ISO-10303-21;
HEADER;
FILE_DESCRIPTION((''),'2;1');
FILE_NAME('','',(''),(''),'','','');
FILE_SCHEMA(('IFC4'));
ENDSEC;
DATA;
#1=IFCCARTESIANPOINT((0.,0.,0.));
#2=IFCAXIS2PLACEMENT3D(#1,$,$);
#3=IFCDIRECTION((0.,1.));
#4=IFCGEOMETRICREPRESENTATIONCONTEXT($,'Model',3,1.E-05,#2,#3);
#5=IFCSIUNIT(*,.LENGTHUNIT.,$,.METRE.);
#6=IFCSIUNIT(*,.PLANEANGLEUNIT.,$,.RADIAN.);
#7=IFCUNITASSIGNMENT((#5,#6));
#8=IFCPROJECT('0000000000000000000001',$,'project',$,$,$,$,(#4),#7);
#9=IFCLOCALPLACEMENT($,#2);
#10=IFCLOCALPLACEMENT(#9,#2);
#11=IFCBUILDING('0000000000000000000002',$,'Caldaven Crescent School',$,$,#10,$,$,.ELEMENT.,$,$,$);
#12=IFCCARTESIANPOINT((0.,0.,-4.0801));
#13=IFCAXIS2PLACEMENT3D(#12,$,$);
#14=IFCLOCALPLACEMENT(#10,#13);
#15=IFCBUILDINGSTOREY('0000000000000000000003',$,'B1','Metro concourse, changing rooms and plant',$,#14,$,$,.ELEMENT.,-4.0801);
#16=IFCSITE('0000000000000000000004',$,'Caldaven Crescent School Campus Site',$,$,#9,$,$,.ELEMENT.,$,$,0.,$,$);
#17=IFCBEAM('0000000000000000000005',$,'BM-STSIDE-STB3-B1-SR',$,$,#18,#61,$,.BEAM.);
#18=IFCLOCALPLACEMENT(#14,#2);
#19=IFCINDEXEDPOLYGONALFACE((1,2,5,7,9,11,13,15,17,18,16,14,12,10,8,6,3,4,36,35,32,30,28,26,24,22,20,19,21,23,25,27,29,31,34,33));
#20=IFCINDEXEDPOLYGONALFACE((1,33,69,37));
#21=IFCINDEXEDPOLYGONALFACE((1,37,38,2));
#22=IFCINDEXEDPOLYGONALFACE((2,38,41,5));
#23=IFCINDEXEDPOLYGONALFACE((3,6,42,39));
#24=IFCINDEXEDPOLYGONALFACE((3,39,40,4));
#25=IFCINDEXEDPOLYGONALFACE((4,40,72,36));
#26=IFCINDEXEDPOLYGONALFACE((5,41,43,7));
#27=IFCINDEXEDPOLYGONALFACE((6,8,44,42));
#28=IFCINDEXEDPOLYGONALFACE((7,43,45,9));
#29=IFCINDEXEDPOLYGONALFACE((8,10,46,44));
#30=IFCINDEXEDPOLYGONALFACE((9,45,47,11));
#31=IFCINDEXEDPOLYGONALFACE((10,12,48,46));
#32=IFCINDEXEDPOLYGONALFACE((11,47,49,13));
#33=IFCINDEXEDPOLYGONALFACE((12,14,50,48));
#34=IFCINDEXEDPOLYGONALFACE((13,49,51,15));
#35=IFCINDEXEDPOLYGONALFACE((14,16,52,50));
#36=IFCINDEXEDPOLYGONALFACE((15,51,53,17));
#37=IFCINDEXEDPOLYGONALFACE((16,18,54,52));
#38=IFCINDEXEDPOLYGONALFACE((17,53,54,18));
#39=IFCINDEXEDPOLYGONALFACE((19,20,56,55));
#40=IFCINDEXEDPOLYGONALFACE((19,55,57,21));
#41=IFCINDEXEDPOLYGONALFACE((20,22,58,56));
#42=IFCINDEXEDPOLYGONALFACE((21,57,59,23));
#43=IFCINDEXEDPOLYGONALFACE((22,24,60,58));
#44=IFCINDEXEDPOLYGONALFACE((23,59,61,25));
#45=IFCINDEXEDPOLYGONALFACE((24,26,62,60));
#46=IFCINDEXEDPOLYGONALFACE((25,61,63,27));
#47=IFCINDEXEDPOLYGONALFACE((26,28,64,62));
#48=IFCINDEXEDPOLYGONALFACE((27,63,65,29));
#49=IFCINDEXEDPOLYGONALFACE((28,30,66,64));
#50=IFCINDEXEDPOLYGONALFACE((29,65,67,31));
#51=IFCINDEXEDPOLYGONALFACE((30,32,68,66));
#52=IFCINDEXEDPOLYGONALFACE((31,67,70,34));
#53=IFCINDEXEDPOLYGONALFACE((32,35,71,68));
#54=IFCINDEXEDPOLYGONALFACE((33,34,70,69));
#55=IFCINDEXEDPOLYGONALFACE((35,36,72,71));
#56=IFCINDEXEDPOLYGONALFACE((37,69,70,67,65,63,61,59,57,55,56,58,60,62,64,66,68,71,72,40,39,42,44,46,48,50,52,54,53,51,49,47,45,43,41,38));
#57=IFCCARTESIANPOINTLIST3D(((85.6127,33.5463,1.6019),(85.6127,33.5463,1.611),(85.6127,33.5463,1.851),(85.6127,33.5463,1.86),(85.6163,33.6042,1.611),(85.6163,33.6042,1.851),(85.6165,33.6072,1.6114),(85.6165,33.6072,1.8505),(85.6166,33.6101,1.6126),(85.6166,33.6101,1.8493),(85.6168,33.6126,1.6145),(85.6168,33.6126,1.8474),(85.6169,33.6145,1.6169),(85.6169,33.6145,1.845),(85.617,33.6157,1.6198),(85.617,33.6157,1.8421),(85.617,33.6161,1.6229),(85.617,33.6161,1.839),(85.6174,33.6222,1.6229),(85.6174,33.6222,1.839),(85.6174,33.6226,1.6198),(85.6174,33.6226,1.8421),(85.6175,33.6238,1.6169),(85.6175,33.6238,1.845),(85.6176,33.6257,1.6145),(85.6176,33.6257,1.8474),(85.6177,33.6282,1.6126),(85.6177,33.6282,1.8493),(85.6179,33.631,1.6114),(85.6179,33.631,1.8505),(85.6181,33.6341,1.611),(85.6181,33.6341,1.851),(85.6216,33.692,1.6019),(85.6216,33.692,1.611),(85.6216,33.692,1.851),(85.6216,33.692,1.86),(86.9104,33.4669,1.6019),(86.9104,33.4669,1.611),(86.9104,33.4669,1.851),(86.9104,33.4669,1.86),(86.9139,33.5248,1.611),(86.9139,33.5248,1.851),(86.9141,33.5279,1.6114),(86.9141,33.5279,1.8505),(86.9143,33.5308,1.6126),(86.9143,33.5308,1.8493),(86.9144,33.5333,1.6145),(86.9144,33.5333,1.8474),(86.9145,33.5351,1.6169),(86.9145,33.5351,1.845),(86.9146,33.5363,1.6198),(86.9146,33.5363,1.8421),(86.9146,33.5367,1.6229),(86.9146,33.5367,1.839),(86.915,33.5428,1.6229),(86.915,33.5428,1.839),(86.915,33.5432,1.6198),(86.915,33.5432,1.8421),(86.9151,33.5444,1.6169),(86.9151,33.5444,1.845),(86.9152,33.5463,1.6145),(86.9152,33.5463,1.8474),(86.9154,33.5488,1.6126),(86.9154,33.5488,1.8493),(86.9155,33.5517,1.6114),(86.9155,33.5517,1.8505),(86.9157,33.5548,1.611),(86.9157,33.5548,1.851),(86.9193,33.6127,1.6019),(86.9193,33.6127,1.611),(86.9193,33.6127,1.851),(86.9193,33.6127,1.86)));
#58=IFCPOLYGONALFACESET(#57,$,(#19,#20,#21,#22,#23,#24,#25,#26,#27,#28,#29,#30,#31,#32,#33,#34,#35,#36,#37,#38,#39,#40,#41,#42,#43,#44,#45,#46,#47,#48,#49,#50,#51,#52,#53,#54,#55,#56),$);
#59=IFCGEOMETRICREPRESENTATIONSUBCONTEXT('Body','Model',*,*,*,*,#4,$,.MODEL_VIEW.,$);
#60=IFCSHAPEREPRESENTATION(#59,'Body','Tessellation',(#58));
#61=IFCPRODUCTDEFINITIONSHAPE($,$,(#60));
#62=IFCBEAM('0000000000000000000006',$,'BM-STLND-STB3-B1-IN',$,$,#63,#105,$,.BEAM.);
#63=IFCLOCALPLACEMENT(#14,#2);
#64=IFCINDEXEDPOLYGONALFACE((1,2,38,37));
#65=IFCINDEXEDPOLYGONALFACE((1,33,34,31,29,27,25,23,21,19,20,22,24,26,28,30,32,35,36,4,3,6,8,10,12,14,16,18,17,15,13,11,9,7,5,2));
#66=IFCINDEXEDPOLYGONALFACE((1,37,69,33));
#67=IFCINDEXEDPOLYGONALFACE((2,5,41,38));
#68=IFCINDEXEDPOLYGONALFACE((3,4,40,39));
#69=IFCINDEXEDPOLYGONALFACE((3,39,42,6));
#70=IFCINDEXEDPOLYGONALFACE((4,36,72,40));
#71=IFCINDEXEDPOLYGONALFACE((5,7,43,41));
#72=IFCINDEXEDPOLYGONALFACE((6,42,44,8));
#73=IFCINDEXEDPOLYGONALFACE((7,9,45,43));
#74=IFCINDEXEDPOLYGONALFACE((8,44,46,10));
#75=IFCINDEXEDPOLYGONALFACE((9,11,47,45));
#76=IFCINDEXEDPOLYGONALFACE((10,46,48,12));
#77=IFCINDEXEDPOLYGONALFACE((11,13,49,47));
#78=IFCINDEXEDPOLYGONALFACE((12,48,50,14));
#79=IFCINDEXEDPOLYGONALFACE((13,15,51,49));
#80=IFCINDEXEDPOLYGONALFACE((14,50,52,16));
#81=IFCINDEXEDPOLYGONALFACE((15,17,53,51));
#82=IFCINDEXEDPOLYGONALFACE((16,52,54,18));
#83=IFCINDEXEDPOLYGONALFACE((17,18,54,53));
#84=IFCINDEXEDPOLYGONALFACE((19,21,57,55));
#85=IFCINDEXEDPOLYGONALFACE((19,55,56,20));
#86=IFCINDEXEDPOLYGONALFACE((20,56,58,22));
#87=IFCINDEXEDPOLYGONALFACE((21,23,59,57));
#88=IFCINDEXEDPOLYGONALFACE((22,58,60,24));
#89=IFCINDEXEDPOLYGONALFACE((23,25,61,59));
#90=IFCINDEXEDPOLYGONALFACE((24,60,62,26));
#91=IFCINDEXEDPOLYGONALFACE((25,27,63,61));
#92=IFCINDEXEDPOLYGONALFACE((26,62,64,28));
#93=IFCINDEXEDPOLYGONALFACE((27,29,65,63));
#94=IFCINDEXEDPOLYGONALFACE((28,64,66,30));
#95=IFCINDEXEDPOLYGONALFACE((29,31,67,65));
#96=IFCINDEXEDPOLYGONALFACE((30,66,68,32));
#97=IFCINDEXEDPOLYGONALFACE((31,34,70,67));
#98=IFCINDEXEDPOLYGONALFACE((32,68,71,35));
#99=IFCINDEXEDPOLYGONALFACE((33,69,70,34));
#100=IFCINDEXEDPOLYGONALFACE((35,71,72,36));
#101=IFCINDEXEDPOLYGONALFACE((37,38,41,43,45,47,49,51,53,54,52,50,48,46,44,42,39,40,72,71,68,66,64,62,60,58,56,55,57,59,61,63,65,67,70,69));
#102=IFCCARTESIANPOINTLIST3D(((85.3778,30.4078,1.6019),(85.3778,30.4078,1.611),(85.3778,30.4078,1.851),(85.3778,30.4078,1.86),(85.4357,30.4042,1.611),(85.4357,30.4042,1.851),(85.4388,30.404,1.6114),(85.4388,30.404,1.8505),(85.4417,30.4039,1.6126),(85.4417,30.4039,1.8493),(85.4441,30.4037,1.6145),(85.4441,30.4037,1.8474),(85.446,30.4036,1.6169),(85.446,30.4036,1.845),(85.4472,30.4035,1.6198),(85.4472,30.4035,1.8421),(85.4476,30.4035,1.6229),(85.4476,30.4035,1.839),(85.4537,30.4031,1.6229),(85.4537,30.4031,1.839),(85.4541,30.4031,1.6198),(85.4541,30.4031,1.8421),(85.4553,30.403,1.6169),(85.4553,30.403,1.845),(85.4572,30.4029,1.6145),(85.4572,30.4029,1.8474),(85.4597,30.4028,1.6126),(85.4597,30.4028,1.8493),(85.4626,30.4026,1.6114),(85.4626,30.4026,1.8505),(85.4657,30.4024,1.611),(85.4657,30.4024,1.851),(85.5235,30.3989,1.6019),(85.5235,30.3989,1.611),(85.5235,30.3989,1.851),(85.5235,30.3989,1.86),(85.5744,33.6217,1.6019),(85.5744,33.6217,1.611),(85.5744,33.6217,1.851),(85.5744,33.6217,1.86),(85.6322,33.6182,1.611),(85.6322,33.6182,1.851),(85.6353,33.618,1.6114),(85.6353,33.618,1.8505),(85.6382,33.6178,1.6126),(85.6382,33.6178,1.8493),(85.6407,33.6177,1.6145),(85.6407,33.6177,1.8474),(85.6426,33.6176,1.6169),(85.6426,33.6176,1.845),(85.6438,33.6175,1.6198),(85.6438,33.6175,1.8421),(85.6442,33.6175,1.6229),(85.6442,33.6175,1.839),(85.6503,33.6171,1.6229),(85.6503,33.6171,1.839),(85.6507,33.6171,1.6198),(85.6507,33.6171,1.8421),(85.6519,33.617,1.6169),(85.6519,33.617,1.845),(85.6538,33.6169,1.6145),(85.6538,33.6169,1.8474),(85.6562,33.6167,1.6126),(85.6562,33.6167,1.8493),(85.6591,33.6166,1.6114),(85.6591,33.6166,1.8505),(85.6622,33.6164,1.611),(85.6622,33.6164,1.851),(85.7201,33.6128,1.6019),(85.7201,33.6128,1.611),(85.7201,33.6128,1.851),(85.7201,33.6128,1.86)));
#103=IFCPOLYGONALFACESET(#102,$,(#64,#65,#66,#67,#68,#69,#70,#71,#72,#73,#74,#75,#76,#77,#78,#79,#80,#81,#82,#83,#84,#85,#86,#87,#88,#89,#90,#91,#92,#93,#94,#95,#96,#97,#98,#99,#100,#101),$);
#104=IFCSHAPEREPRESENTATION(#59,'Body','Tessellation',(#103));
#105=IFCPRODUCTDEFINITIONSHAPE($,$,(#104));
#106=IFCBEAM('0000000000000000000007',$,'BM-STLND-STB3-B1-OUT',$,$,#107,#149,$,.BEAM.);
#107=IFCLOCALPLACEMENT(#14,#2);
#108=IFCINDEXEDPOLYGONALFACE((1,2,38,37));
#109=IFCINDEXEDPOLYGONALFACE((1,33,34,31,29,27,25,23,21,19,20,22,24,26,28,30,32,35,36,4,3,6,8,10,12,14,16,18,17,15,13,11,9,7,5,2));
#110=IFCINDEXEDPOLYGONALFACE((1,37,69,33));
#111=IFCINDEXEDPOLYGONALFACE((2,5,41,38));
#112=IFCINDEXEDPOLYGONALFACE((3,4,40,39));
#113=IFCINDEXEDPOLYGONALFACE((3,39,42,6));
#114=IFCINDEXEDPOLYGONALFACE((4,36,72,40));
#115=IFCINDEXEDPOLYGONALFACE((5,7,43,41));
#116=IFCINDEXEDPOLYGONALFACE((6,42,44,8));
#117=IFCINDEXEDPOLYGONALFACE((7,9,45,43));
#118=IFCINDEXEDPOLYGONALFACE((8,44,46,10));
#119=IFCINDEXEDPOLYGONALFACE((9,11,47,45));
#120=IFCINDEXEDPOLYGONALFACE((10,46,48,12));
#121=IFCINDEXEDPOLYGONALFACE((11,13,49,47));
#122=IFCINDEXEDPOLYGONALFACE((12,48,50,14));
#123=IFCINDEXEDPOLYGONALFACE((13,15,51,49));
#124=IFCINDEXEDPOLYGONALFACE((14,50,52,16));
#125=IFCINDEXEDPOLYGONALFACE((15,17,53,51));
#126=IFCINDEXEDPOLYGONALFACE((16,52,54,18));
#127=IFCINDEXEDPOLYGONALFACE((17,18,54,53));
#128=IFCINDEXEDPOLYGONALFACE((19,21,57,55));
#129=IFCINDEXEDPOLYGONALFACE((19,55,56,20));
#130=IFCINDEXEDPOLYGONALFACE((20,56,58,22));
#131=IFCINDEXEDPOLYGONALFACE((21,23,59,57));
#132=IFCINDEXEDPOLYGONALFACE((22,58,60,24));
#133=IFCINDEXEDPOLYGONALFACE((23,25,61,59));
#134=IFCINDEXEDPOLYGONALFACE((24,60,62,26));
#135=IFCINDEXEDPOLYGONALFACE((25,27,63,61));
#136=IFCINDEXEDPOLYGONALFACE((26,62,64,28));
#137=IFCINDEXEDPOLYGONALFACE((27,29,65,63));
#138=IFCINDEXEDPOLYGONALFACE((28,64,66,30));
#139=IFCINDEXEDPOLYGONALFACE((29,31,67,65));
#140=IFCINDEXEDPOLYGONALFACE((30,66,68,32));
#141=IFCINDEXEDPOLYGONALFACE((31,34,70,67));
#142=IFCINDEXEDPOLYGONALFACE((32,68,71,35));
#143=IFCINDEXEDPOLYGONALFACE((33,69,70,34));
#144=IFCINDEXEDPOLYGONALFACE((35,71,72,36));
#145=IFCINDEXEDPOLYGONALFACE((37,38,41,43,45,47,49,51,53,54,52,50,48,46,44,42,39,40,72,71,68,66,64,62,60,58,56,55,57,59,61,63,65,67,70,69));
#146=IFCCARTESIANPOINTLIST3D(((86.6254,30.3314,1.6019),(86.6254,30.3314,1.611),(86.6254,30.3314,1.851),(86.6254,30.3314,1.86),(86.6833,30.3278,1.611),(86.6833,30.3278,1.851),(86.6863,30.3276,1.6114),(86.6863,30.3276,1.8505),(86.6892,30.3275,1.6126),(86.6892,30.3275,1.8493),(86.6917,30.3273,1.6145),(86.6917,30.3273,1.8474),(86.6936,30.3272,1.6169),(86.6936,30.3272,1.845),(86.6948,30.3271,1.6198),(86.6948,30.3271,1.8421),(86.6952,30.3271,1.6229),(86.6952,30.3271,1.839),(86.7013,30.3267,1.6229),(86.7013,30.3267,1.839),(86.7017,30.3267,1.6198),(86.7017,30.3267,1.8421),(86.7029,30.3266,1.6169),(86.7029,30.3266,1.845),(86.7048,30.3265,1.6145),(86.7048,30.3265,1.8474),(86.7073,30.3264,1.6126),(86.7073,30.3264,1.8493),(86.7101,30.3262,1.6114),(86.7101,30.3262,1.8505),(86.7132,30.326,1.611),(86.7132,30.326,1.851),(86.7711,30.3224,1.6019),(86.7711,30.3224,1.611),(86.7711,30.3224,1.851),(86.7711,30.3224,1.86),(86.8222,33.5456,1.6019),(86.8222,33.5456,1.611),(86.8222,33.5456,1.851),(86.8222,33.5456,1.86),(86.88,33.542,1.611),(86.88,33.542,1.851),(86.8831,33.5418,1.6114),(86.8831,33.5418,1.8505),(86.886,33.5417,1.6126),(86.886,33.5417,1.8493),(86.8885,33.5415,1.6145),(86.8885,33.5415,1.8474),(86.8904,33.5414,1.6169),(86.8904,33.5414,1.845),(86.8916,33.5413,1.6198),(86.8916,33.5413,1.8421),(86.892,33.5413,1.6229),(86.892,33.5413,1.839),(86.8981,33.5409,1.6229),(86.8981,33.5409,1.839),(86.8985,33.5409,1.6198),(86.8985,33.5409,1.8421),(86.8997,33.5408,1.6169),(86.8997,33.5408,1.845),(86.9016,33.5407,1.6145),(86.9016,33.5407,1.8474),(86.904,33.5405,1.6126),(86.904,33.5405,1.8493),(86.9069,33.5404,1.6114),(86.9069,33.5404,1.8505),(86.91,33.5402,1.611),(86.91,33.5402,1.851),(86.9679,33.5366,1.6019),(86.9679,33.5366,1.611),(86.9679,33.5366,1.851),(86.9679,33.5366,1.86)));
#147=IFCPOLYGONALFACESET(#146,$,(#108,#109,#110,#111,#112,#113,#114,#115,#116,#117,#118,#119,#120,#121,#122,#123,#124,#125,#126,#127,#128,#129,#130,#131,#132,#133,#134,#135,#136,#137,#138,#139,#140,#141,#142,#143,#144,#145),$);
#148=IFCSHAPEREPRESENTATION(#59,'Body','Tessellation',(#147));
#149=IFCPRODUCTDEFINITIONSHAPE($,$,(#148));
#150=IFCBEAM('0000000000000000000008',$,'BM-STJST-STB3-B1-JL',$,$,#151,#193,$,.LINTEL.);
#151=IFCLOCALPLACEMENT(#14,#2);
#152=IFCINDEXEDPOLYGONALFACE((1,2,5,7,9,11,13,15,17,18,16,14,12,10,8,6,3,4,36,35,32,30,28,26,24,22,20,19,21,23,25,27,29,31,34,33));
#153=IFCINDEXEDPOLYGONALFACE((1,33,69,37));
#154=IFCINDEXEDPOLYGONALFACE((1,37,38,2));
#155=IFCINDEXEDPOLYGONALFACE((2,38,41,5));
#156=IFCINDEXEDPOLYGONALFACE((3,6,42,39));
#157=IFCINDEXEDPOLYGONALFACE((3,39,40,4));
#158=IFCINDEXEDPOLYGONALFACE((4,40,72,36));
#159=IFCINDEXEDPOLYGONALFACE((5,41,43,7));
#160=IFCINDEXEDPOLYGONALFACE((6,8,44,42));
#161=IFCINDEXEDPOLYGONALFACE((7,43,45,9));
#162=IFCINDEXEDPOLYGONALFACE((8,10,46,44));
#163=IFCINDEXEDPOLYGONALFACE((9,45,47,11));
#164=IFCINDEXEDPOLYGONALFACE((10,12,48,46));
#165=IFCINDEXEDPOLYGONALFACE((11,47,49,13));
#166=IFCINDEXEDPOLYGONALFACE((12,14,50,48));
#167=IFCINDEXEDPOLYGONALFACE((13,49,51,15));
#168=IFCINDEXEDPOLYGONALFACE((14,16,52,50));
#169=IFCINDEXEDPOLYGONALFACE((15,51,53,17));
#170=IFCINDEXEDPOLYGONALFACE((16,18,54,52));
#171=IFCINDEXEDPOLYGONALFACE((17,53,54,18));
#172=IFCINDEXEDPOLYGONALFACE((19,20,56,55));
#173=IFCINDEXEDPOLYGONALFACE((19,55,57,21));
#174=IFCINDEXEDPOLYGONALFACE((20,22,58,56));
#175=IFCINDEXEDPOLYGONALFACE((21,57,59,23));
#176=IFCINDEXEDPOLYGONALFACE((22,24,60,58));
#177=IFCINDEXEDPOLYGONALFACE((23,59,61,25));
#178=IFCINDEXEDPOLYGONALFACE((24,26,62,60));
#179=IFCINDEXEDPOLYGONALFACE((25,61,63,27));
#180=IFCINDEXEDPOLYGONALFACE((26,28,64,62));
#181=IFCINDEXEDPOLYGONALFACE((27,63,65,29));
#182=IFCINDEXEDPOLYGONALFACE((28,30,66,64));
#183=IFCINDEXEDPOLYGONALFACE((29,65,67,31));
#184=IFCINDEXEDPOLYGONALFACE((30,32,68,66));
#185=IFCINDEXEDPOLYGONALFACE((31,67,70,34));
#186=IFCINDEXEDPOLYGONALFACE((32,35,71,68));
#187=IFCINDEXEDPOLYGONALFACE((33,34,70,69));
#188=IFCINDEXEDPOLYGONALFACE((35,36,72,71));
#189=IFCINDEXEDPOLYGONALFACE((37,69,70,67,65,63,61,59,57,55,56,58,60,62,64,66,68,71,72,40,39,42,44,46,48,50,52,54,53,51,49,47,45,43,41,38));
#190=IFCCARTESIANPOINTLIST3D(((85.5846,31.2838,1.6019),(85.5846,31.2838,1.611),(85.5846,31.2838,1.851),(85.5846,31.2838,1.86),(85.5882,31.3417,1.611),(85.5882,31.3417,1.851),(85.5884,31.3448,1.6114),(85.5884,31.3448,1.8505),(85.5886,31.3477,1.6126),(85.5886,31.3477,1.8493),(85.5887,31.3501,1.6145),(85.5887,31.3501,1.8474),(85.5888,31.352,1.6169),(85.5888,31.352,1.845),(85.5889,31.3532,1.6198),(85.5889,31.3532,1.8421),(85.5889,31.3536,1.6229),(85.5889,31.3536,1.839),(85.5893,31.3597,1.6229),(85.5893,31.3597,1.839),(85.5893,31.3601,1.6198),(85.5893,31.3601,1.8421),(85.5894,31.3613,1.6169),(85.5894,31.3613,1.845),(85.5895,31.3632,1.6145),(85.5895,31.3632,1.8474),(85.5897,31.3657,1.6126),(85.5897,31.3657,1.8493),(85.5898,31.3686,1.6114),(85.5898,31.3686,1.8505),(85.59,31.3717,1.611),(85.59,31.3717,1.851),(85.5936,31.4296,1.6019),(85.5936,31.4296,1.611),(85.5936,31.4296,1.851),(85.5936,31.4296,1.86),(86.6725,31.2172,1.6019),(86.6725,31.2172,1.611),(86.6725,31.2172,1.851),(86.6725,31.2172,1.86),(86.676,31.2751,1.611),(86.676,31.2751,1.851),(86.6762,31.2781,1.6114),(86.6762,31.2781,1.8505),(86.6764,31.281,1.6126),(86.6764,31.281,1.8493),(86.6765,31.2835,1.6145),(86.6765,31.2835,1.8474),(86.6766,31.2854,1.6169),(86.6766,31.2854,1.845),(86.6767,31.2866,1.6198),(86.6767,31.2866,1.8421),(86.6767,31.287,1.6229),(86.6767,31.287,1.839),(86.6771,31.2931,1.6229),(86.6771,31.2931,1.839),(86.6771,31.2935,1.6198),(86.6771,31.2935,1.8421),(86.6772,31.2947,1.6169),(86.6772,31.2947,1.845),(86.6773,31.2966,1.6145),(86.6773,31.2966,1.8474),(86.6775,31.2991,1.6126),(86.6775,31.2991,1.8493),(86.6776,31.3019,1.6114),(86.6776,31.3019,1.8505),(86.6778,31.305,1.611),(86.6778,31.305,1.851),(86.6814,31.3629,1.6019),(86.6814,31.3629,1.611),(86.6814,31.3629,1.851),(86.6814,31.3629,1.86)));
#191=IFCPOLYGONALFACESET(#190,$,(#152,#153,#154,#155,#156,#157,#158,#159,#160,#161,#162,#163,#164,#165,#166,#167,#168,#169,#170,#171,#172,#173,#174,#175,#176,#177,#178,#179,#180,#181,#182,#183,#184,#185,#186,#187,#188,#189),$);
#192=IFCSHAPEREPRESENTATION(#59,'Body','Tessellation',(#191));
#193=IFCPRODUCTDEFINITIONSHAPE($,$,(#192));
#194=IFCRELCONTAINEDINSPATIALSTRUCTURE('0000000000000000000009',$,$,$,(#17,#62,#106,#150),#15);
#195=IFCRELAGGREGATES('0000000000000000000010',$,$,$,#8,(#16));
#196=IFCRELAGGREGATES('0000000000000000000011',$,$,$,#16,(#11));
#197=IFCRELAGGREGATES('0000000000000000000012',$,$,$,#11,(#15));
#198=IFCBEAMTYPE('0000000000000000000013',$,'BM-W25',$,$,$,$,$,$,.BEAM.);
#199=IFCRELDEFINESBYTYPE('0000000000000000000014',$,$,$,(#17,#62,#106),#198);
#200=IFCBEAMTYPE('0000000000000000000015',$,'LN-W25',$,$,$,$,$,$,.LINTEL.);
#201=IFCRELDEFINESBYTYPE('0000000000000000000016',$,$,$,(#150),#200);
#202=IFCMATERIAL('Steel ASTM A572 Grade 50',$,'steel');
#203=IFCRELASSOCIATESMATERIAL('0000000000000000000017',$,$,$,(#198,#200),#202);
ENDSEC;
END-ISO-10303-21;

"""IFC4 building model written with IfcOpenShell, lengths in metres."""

from ifc_helpers import new_model, si_unit, direction, frame, origin, origin_2d, place, context, subcontext, project, spatial, i_section, extrude, material, material_profile, profile_set, type_object, element, save


model = new_model("IFC4")

# Units and contexts
model_context = context("Model", 3, precision=1e-05, world=origin(), true_north=direction((0.0, 1.0)))
body_context = subcontext(model_context, "Body", "Model", "MODEL_VIEW")
ifc_project = project(units=[si_unit("LENGTHUNIT", "METRE"), si_unit("PLANEANGLEUNIT", "RADIAN")], contexts=[model_context])

# Site, building, storey
site_placement = place(None, origin())
site = spatial("IfcSite", under=ifc_project, at=site_placement, Name="Caldaven Crescent School Campus Site", CompositionType="ELEMENT", RefElevation=0.0)
building_placement = place(site_placement, origin())
building = spatial("IfcBuilding", under=site, at=building_placement, Name="Caldaven Crescent School", CompositionType="ELEMENT")
storey_placement = place(building_placement, frame((0.0, 0.0, -4.0801)))
storey = spatial("IfcBuildingStorey", under=building, at=storey_placement, Name="B1", Description="Metro concourse, changing rooms and plant", CompositionType="ELEMENT", Elevation=-4.0801)

# Shared definitions
ifc_material_1 = material(Name="Steel ASTM A572 Grade 50", Category="steel")

# Beams
ifc_material_profile_1 = material_profile(ifc_material_1, i_section(OverallWidth=0.146, OverallDepth=0.2581, WebThickness=0.0061, FlangeThickness=0.009, FilletRadius=0.012, at=origin_2d()), Name="W250x33")
ifc_profile_set_1 = profile_set([ifc_material_profile_1], Name="Steel ASTM A572 Grade 50")
beam_type_1 = type_object("IfcBeamType", Name="BM-W25", PredefinedType="BEAM", material=ifc_profile_set_1)
for number, where, z_axis, x_axis, name in (
    (1, (85.6172, 33.6191, 1.731), (0.998136, -0.061034, 0.0), (0.061034, 0.998136, 0.0), "BM-STSIDE-STB3-B1-SR"),
):
    element("IfcBeam", number, at=place(storey_placement, frame(where, z_axis=z_axis, x_axis=x_axis)), inside=storey, type_object=beam_type_1, Name=name, PredefinedType="BEAM", context=body_context, shape_type="SweptSolid", body=[
        extrude(i_section(OverallWidth=0.146, OverallDepth=0.2581, WebThickness=0.0061, FlangeThickness=0.009, FilletRadius=0.012, at=origin_2d()), origin(), (0.0, 0.0, 1.0), 1.3),
    ])
beam_1_placement = place(storey_placement, frame((85.4507, 30.4033, 1.731), z_axis=(0.061038, 0.998135, 0.0), x_axis=(-0.998135, 0.061038, 0.0)))
element("IfcBeam", 2, at=beam_1_placement, inside=storey, type_object=beam_type_1, Name="BM-STLND-STB3-B1-IN", PredefinedType="BEAM", context=body_context, shape_type="SweptSolid", body=[
    extrude(i_section(OverallWidth=0.146, OverallDepth=0.2581, WebThickness=0.0061, FlangeThickness=0.009, FilletRadius=0.012, at=origin_2d()), origin(), (0.0, 0.0, 1.0), 3.22),
])
beam_2_placement = place(storey_placement, frame((86.6982, 30.3269, 1.731), z_axis=(0.061109, 0.998131, 0.0), x_axis=(-0.998131, 0.061109, 0.0)))
element("IfcBeam", 3, at=beam_2_placement, inside=storey, type_object=beam_type_1, Name="BM-STLND-STB3-B1-OUT", PredefinedType="BEAM", context=body_context, shape_type="SweptSolid", body=[
    extrude(i_section(OverallWidth=0.146, OverallDepth=0.2581, WebThickness=0.0061, FlangeThickness=0.009, FilletRadius=0.012, at=origin_2d()), origin(), (0.0, 0.0, 1.0), 3.2202),
])
ifc_material_profile_2 = material_profile(ifc_material_1, i_section(OverallWidth=0.146, OverallDepth=0.2581, WebThickness=0.0061, FlangeThickness=0.009, FilletRadius=0.012, at=origin_2d()), Name="W250x33")
ifc_profile_set_2 = profile_set([ifc_material_profile_2], Name="Steel ASTM A572 Grade 50")
beam_type_2 = type_object("IfcBeamType", Name="LN-W25", PredefinedType="LINTEL", material=ifc_profile_set_2)
for number, where, z_axis, x_axis, name in (
    (4, (85.5891, 31.3567, 1.731), (0.998129, -0.061151, 0.0), (0.061151, 0.998129, 0.0), "BM-STJST-STB3-B1-JL"),
):
    element("IfcBeam", number, at=place(storey_placement, frame(where, z_axis=z_axis, x_axis=x_axis)), inside=storey, type_object=beam_type_2, Name=name, PredefinedType="LINTEL", context=body_context, shape_type="SweptSolid", body=[
        extrude(i_section(OverallWidth=0.146, OverallDepth=0.2581, WebThickness=0.0061, FlangeThickness=0.009, FilletRadius=0.012, at=origin_2d()), origin(), (0.0, 0.0, 1.0), 1.0898),
    ])

save(model, "model.ifc")
